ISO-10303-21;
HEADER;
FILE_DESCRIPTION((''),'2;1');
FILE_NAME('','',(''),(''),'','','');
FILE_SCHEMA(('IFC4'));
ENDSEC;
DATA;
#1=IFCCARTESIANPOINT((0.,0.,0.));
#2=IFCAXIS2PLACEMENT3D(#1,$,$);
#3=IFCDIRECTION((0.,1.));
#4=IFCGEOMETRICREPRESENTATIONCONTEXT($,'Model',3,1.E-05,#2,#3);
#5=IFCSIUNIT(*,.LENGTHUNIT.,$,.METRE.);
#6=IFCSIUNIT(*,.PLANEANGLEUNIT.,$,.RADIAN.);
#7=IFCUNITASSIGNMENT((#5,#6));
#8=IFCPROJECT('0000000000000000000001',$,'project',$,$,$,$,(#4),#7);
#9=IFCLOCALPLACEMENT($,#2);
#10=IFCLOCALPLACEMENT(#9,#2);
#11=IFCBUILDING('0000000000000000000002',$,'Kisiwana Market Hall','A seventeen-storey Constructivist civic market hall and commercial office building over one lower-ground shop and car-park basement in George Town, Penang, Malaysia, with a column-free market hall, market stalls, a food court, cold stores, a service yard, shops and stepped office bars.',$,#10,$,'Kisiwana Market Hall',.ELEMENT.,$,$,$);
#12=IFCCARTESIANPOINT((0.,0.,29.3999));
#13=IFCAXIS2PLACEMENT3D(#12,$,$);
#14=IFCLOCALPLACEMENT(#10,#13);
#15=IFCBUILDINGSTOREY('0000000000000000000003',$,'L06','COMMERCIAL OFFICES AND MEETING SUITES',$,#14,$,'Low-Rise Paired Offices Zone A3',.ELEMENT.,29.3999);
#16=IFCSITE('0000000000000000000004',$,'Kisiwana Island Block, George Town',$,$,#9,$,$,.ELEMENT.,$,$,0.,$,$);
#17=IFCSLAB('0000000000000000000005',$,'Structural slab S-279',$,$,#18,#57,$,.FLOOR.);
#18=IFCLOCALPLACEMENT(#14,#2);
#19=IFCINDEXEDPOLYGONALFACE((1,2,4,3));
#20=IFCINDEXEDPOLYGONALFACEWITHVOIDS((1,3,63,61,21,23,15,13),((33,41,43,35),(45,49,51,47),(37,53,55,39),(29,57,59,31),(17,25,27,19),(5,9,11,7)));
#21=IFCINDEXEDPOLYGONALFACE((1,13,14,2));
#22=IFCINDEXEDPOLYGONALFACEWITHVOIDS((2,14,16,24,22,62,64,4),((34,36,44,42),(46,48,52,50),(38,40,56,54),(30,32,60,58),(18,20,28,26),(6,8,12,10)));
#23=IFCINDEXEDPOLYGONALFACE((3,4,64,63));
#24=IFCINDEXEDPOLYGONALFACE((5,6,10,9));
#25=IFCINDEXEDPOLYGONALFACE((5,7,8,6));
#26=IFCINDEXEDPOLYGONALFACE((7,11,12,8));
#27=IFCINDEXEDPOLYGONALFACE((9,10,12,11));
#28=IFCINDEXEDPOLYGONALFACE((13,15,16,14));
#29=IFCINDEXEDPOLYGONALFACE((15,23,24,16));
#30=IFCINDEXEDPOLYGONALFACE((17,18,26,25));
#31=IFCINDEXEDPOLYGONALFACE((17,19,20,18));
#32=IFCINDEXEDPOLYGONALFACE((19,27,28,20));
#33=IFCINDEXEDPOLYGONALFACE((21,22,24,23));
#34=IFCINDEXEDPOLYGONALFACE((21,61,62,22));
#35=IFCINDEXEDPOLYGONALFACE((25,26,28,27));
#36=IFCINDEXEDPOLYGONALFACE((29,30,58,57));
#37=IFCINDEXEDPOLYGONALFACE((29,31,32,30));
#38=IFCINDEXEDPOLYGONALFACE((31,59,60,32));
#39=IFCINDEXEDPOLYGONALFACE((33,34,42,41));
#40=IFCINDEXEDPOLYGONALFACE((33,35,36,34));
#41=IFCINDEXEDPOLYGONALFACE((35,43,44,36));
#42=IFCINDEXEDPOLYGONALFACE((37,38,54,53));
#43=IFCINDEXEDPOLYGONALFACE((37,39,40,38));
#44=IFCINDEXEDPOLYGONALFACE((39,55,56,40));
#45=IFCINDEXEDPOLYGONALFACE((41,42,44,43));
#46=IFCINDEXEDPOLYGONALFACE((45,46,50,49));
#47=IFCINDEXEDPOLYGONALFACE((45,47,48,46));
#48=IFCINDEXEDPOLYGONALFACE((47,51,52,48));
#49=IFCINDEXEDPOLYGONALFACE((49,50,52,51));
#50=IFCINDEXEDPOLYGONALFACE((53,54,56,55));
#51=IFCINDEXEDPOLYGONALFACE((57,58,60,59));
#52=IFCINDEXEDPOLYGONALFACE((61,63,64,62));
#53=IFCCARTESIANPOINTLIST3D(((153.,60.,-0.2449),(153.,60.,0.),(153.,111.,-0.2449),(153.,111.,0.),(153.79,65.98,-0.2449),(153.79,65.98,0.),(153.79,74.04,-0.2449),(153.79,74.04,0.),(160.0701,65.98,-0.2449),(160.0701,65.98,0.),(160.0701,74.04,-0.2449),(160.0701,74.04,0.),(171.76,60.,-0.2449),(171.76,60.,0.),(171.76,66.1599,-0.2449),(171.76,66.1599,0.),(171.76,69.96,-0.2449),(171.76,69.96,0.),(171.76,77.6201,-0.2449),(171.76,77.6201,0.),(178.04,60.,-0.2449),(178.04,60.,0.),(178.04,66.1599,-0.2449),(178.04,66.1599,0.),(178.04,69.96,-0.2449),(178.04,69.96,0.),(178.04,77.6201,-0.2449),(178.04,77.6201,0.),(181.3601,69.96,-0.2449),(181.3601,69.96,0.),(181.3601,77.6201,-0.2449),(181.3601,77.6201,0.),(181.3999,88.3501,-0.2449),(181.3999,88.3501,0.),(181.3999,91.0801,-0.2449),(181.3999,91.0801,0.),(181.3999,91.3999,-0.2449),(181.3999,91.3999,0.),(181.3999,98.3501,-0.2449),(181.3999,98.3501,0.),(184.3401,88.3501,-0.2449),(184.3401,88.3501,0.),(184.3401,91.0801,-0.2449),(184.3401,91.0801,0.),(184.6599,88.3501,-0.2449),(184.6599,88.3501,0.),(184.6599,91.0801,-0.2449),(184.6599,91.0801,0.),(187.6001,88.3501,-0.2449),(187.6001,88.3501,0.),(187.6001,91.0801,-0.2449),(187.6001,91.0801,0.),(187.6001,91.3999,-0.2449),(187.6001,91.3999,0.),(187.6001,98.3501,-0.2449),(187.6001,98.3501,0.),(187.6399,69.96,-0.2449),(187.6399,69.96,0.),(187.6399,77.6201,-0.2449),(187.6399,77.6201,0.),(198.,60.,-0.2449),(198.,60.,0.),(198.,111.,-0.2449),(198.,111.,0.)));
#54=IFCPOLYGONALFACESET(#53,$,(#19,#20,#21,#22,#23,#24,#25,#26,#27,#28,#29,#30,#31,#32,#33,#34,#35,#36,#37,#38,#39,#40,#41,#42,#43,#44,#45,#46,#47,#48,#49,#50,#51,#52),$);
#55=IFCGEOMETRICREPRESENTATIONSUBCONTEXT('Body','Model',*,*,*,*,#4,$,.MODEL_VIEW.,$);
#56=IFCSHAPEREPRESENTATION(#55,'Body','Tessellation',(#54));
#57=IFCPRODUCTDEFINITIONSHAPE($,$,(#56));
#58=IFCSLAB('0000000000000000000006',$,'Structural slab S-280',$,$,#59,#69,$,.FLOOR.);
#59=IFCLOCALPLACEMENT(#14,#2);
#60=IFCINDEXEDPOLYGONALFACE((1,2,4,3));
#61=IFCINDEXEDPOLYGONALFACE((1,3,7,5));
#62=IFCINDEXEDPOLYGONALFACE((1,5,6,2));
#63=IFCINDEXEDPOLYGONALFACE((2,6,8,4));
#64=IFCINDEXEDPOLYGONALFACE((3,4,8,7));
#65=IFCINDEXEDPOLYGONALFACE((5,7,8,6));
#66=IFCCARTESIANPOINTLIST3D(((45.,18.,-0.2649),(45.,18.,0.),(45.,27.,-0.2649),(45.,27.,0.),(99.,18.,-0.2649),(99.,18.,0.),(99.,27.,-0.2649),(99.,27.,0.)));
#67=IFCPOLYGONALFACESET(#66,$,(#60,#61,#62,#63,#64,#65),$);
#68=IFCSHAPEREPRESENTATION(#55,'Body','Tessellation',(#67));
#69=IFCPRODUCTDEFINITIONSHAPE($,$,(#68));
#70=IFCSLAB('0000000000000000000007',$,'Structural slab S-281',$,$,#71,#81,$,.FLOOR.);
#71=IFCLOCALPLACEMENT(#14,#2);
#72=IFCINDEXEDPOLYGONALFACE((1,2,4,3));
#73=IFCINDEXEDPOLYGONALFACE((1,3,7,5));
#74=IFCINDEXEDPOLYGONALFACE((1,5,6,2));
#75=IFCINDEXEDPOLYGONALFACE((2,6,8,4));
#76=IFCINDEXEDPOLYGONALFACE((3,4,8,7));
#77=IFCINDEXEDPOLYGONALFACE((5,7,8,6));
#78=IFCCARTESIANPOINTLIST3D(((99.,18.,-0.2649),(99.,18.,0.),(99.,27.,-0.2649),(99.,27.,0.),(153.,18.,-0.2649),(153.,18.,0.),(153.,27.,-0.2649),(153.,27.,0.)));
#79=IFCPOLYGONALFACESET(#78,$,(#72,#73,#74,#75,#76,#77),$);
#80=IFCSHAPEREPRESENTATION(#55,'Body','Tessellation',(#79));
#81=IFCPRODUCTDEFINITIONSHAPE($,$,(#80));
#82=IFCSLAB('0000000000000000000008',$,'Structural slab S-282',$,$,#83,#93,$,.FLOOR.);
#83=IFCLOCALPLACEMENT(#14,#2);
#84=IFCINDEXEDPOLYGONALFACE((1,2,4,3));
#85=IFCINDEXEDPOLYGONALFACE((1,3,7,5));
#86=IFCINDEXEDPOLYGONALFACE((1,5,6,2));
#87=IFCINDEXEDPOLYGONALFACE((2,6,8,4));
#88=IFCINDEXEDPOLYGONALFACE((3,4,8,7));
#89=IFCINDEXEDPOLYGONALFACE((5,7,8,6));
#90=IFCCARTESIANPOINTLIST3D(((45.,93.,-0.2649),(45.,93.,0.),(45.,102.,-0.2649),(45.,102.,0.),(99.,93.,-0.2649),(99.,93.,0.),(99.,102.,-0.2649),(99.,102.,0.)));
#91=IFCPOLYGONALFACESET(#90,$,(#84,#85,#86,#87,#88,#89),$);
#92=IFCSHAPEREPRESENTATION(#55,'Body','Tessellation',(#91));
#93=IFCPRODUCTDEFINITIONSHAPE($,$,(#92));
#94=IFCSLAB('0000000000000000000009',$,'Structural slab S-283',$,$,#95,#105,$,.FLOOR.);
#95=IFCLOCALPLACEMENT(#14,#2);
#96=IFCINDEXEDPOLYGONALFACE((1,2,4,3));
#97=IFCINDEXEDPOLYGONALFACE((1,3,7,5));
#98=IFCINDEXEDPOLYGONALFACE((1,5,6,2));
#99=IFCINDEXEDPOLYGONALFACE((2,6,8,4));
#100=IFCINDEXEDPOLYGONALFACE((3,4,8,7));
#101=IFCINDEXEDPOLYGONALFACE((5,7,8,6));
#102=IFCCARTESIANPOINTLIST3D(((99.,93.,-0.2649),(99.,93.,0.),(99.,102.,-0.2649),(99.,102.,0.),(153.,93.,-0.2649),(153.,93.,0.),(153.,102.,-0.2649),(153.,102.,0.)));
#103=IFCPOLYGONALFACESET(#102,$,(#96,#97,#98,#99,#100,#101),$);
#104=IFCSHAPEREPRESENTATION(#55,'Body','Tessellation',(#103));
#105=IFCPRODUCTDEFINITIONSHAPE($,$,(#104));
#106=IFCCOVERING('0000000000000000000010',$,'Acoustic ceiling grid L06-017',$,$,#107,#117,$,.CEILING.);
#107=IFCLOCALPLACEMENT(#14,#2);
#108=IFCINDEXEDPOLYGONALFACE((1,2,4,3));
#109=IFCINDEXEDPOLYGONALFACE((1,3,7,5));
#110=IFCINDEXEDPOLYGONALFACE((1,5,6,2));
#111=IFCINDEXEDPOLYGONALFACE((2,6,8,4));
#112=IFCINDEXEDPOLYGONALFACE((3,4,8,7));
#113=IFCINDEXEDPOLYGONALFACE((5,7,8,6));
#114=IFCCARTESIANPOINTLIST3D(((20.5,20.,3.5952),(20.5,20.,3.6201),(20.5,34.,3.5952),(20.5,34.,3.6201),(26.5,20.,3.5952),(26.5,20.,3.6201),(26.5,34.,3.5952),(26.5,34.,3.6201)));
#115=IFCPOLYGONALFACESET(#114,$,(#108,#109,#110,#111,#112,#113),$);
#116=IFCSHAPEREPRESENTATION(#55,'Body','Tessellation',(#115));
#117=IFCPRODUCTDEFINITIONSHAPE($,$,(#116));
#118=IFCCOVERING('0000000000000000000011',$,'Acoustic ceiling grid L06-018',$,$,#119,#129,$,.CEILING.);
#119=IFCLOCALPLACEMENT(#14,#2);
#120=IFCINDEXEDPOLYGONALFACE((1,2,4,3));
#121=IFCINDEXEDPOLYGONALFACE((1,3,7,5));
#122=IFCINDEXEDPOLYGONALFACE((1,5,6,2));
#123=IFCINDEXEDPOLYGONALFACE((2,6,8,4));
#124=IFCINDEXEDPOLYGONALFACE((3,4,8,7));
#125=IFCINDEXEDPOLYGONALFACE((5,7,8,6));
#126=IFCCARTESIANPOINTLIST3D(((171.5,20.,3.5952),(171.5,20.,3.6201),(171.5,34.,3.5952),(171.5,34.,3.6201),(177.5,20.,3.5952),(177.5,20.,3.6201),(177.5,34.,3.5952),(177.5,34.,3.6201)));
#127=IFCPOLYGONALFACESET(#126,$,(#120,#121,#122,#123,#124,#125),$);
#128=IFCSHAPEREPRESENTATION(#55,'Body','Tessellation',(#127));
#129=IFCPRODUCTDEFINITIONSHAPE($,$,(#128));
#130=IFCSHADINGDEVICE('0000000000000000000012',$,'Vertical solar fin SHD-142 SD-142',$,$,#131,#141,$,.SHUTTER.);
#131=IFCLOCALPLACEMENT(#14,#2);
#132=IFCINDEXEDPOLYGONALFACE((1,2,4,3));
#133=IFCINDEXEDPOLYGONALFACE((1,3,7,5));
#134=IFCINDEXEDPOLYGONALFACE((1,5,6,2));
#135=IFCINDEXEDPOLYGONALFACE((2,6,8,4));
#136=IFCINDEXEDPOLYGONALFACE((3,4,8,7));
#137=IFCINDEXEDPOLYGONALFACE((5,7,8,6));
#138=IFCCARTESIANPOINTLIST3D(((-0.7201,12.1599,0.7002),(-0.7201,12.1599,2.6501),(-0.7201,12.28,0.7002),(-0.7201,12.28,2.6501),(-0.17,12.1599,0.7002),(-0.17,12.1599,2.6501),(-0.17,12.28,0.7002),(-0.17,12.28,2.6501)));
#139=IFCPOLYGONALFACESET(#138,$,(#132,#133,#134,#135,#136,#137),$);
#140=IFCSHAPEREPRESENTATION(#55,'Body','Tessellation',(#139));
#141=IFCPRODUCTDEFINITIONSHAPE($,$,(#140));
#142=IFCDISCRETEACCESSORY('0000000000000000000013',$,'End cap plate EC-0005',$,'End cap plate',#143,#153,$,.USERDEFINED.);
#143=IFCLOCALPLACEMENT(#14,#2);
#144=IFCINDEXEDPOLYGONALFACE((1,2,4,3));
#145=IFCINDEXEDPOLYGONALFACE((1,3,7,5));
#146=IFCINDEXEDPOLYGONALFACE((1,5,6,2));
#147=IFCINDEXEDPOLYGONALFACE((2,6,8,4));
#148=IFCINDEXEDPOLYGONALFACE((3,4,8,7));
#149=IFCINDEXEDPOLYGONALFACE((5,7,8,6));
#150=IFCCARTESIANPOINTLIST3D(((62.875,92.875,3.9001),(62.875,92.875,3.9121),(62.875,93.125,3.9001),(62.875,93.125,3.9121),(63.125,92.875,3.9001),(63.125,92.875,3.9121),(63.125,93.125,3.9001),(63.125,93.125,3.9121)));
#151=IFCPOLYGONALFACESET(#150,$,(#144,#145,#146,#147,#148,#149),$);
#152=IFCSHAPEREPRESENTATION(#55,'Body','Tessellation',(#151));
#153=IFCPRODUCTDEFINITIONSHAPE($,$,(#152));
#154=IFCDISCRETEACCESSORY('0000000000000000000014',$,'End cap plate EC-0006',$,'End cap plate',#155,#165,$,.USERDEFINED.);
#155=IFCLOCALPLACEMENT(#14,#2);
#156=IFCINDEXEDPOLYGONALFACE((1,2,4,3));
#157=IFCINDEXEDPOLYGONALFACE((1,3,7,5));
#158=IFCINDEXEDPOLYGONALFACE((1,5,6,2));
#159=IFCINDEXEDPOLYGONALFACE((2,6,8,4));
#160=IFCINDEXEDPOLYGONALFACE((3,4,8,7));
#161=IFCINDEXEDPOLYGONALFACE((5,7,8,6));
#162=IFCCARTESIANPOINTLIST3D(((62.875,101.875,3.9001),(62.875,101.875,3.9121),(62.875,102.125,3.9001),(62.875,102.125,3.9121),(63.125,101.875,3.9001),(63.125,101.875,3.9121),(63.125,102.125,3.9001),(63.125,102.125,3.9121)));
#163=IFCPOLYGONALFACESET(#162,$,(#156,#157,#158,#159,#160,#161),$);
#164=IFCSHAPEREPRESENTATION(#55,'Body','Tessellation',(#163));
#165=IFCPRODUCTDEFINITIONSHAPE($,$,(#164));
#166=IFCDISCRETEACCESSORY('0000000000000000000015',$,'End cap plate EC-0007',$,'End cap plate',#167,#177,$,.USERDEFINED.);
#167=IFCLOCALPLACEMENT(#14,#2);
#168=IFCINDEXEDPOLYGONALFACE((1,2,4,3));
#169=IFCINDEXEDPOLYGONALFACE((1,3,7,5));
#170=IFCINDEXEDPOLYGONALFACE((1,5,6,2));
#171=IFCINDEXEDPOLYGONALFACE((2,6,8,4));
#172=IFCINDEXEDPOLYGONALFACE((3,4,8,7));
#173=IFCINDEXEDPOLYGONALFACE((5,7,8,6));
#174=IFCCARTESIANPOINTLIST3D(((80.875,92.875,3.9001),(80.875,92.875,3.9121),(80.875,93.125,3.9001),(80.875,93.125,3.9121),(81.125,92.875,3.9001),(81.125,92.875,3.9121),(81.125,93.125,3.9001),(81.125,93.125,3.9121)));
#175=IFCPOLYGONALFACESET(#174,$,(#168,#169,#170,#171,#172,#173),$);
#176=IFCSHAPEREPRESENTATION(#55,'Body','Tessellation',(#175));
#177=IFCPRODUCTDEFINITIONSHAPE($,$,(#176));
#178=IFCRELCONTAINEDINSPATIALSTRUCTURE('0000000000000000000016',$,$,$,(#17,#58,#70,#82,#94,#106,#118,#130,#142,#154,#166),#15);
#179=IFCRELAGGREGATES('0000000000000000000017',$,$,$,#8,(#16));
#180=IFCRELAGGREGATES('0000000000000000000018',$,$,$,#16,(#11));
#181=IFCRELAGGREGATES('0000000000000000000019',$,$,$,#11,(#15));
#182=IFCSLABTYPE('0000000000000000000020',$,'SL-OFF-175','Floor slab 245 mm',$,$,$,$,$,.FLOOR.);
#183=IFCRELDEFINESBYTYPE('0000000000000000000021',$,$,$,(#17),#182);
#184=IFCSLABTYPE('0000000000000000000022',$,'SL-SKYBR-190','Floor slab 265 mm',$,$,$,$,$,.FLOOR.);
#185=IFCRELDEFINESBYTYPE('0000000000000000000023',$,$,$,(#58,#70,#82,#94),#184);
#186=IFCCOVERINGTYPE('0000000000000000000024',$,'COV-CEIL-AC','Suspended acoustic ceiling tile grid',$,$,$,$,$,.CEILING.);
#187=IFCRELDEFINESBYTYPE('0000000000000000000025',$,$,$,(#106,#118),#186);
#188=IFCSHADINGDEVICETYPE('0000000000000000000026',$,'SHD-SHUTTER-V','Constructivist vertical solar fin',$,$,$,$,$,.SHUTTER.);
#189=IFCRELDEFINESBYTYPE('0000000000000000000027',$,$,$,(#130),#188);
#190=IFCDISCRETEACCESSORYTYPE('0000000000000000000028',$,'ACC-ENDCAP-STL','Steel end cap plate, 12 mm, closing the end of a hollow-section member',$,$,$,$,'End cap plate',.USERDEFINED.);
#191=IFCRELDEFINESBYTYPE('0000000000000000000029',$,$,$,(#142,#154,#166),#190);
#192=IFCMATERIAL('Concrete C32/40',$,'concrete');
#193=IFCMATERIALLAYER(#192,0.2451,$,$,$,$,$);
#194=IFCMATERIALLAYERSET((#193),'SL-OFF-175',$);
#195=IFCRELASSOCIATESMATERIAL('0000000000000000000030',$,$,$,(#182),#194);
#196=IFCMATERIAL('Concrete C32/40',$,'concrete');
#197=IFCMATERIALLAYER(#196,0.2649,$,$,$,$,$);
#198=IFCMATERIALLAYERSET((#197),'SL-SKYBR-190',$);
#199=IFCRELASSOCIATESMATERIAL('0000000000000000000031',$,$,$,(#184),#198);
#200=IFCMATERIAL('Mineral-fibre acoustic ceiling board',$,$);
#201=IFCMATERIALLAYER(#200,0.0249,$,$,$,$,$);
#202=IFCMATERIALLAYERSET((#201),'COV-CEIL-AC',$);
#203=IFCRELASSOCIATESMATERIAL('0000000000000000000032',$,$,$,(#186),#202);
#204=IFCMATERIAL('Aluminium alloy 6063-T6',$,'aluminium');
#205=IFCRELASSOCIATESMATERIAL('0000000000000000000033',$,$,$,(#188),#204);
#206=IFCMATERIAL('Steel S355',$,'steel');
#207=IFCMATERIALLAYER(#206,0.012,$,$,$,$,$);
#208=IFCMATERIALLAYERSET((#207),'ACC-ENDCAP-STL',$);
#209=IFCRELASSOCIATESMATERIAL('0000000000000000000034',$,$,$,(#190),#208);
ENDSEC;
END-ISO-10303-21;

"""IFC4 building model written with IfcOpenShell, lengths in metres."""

from ifc_helpers import new_model, si_unit, direction, frame, origin, origin_2d, place, context, subcontext, project, spatial, polyline, rectangle, outline, extrude, material, layer, layer_set, type_object, element, save


model = new_model("IFC4")

# Units and contexts
model_context = context("Model", 3, precision=1e-05, world=origin(), true_north=direction((0.0, 1.0)))
body_context = subcontext(model_context, "Body", "Model", "MODEL_VIEW")
ifc_project = project(units=[si_unit("LENGTHUNIT", "METRE"), si_unit("PLANEANGLEUNIT", "RADIAN")], contexts=[model_context])

# Site, building, storey
site_placement = place(None, origin())
site = spatial("IfcSite", under=ifc_project, at=site_placement, Name="Kisiwana Island Block, George Town", CompositionType="ELEMENT", RefElevation=0.0)
building_placement = place(site_placement, origin())
building = spatial("IfcBuilding", under=site, at=building_placement, Name="Kisiwana Market Hall", Description="A seventeen-storey Constructivist civic market hall and commercial office building over one lower-ground shop and car-park basement in George Town, Penang, Malaysia, with a column-free market hall, market stalls, a food court, cold stores, a service yard, shops and stepped office bars.", LongName="Kisiwana Market Hall", CompositionType="ELEMENT")
storey_placement = place(building_placement, frame((0.0, 0.0, 29.3999)))
storey = spatial("IfcBuildingStorey", under=building, at=storey_placement, Name="L06", Description="COMMERCIAL OFFICES AND MEETING SUITES", LongName="Low-Rise Paired Offices Zone A3", CompositionType="ELEMENT", Elevation=29.3999)

# Slabs
ifc_material_1 = material(Name="Concrete C32/40", Category="concrete")
ifc_layer_1 = layer(ifc_material_1, 0.2451)
ifc_layer_set_1 = layer_set([ifc_layer_1], Name="SL-OFF-175")
slab_type_1 = type_object("IfcSlabType", Name="SL-OFF-175", Description="Floor slab 245 mm", PredefinedType="FLOOR", material=ifc_layer_set_1)
slab_1_placement = place(storey_placement, frame((0.0, 0.0, -0.2449)))
element("IfcSlab", 1, at=slab_1_placement, inside=storey, type_object=slab_type_1, Name="Structural slab S-279", PredefinedType="FLOOR", context=body_context, shape_type="SweptSolid", body=[
    extrude(outline(polyline([(153.0, 60.0), (171.76, 60.0), (171.76, 66.1599), (178.04, 66.1599), (178.04, 60.0), (198.0, 60.0), (198.0, 111.0), (153.0, 111.0), (153.0, 60.0)]), holes=[polyline([(181.3999, 91.3999), (187.6001, 91.3999), (187.6001, 98.3501), (181.3999, 98.3501), (181.3999, 91.3999)]), polyline([(181.3999, 88.3501), (184.3401, 88.3501), (184.3401, 91.0801), (181.3999, 91.0801), (181.3999, 88.3501)]), polyline([(184.6599, 88.3501), (187.6001, 88.3501), (187.6001, 91.0801), (184.6599, 91.0801), (184.6599, 88.3501)]), polyline([(181.3601, 69.96), (187.6399, 69.96), (187.6399, 77.6201), (181.3601, 77.6201), (181.3601, 69.96)]), polyline([(171.76, 69.96), (178.04, 69.96), (178.04, 77.6201), (171.76, 77.6201), (171.76, 69.96)]), polyline([(153.79, 65.98), (160.0701, 65.98), (160.0701, 74.04), (153.79, 74.04), (153.79, 65.98)])]), origin(), (0.0, 0.0, 1.0), 0.2449),
])
ifc_material_2 = material(Name="Concrete C32/40", Category="concrete")
ifc_layer_2 = layer(ifc_material_2, 0.2649)
ifc_layer_set_2 = layer_set([ifc_layer_2], Name="SL-SKYBR-190")
slab_type_2 = type_object("IfcSlabType", Name="SL-SKYBR-190", Description="Floor slab 265 mm", PredefinedType="FLOOR", material=ifc_layer_set_2)
slab_2_placement = place(storey_placement, frame((0.0, 0.0, -0.2649)))
element("IfcSlab", 2, at=slab_2_placement, inside=storey, type_object=slab_type_2, Name="Structural slab S-280", PredefinedType="FLOOR", context=body_context, shape_type="SweptSolid", body=[
    extrude(outline(polyline([(45.0, 18.0), (99.0, 18.0), (99.0, 27.0), (45.0, 27.0), (45.0, 18.0)])), origin(), (0.0, 0.0, 1.0), 0.2649),
])
slab_3_placement = place(storey_placement, frame((0.0, 0.0, -0.2649)))
element("IfcSlab", 3, at=slab_3_placement, inside=storey, type_object=slab_type_2, Name="Structural slab S-281", PredefinedType="FLOOR", context=body_context, shape_type="SweptSolid", body=[
    extrude(outline(polyline([(99.0, 18.0), (153.0, 18.0), (153.0, 27.0), (99.0, 27.0), (99.0, 18.0)])), origin(), (0.0, 0.0, 1.0), 0.2649),
])
slab_4_placement = place(storey_placement, frame((0.0, 0.0, -0.2649)))
element("IfcSlab", 4, at=slab_4_placement, inside=storey, type_object=slab_type_2, Name="Structural slab S-282", PredefinedType="FLOOR", context=body_context, shape_type="SweptSolid", body=[
    extrude(outline(polyline([(45.0, 93.0), (99.0, 93.0), (99.0, 102.0), (45.0, 102.0), (45.0, 93.0)])), origin(), (0.0, 0.0, 1.0), 0.2649),
])
slab_5_placement = place(storey_placement, frame((0.0, 0.0, -0.2649)))
element("IfcSlab", 5, at=slab_5_placement, inside=storey, type_object=slab_type_2, Name="Structural slab S-283", PredefinedType="FLOOR", context=body_context, shape_type="SweptSolid", body=[
    extrude(outline(polyline([(99.0, 93.0), (153.0, 93.0), (153.0, 102.0), (99.0, 102.0), (99.0, 93.0)])), origin(), (0.0, 0.0, 1.0), 0.2649),
])

# Coverings
ifc_material_3 = material(Name="Mineral-fibre acoustic ceiling board")
ifc_layer_3 = layer(ifc_material_3, 0.0249)
ifc_layer_set_3 = layer_set([ifc_layer_3], Name="COV-CEIL-AC")
covering_type = type_object("IfcCoveringType", Name="COV-CEIL-AC", Description="Suspended acoustic ceiling tile grid", PredefinedType="CEILING", material=ifc_layer_set_3)
covering_1_placement = place(storey_placement, frame((0.0, 0.0, 3.5952)))
element("IfcCovering", 6, at=covering_1_placement, inside=storey, type_object=covering_type, Name="Acoustic ceiling grid L06-017", PredefinedType="CEILING", context=body_context, shape_type="SweptSolid", body=[
    extrude(outline(polyline([(20.5, 20.0), (26.5, 20.0), (26.5, 34.0), (20.5, 34.0), (20.5, 20.0)])), origin(), (0.0, 0.0, 1.0), 0.0249),
])
covering_2_placement = place(storey_placement, frame((0.0, 0.0, 3.5952)))
element("IfcCovering", 7, at=covering_2_placement, inside=storey, type_object=covering_type, Name="Acoustic ceiling grid L06-018", PredefinedType="CEILING", context=body_context, shape_type="SweptSolid", body=[
    extrude(outline(polyline([(171.5, 20.0), (177.5, 20.0), (177.5, 34.0), (171.5, 34.0), (171.5, 20.0)])), origin(), (0.0, 0.0, 1.0), 0.0249),
])

# Shading device
ifc_material_4 = material(Name="Aluminium alloy 6063-T6", Category="aluminium")
shading_device_type = type_object("IfcShadingDeviceType", Name="SHD-SHUTTER-V", Description="Constructivist vertical solar fin", PredefinedType="SHUTTER", material=ifc_material_4)
shading_device_placement = place(storey_placement, frame((-0.4451, 12.22, 0.7002), z_axis=(0.0, 0.0, 1.0), x_axis=(0.0, 1.0, 0.0)))
element("IfcShadingDevice", 8, at=shading_device_placement, inside=storey, type_object=shading_device_type, Name="Vertical solar fin SHD-142 SD-142", PredefinedType="SHUTTER", context=body_context, shape_type="SweptSolid", body=[
    extrude(rectangle(XDim=0.1201, YDim=0.55, at=origin_2d()), origin(), (0.0, 0.0, 1.0), 1.95),
])

# Discrete accessories
ifc_material_5 = material(Name="Steel S355", Category="steel")
ifc_layer_4 = layer(ifc_material_5, 0.012)
ifc_layer_set_4 = layer_set([ifc_layer_4], Name="ACC-ENDCAP-STL")
discrete_accessory_type = type_object("IfcDiscreteAccessoryType", Name="ACC-ENDCAP-STL", Description="Steel end cap plate, 12 mm, closing the end of a hollow-section member", ElementType="End cap plate", PredefinedType="USERDEFINED", material=ifc_layer_set_4)
discrete_accessory_1_placement = place(storey_placement, frame((0.0, 0.0, 3.9001)))
element("IfcDiscreteAccessory", 9, at=discrete_accessory_1_placement, inside=storey, type_object=discrete_accessory_type, Name="End cap plate EC-0005", ObjectType="End cap plate", PredefinedType="USERDEFINED", context=body_context, shape_type="SweptSolid", body=[
    extrude(outline(polyline([(62.875, 92.875), (63.125, 92.875), (63.125, 93.125), (62.875, 93.125), (62.875, 92.875)])), origin(), (0.0, 0.0, 1.0), 0.012),
])
discrete_accessory_2_placement = place(storey_placement, frame((0.0, 0.0, 3.9001)))
element("IfcDiscreteAccessory", 10, at=discrete_accessory_2_placement, inside=storey, type_object=discrete_accessory_type, Name="End cap plate EC-0006", ObjectType="End cap plate", PredefinedType="USERDEFINED", context=body_context, shape_type="SweptSolid", body=[
    extrude(outline(polyline([(62.875, 101.875), (63.125, 101.875), (63.125, 102.125), (62.875, 102.125), (62.875, 101.875)])), origin(), (0.0, 0.0, 1.0), 0.012),
])
discrete_accessory_3_placement = place(storey_placement, frame((0.0, 0.0, 3.9001)))
element("IfcDiscreteAccessory", 11, at=discrete_accessory_3_placement, inside=storey, type_object=discrete_accessory_type, Name="End cap plate EC-0007", ObjectType="End cap plate", PredefinedType="USERDEFINED", context=body_context, shape_type="SweptSolid", body=[
    extrude(outline(polyline([(80.875, 92.875), (81.125, 92.875), (81.125, 93.125), (80.875, 93.125), (80.875, 92.875)])), origin(), (0.0, 0.0, 1.0), 0.012),
])

save(model, "model.ifc")
